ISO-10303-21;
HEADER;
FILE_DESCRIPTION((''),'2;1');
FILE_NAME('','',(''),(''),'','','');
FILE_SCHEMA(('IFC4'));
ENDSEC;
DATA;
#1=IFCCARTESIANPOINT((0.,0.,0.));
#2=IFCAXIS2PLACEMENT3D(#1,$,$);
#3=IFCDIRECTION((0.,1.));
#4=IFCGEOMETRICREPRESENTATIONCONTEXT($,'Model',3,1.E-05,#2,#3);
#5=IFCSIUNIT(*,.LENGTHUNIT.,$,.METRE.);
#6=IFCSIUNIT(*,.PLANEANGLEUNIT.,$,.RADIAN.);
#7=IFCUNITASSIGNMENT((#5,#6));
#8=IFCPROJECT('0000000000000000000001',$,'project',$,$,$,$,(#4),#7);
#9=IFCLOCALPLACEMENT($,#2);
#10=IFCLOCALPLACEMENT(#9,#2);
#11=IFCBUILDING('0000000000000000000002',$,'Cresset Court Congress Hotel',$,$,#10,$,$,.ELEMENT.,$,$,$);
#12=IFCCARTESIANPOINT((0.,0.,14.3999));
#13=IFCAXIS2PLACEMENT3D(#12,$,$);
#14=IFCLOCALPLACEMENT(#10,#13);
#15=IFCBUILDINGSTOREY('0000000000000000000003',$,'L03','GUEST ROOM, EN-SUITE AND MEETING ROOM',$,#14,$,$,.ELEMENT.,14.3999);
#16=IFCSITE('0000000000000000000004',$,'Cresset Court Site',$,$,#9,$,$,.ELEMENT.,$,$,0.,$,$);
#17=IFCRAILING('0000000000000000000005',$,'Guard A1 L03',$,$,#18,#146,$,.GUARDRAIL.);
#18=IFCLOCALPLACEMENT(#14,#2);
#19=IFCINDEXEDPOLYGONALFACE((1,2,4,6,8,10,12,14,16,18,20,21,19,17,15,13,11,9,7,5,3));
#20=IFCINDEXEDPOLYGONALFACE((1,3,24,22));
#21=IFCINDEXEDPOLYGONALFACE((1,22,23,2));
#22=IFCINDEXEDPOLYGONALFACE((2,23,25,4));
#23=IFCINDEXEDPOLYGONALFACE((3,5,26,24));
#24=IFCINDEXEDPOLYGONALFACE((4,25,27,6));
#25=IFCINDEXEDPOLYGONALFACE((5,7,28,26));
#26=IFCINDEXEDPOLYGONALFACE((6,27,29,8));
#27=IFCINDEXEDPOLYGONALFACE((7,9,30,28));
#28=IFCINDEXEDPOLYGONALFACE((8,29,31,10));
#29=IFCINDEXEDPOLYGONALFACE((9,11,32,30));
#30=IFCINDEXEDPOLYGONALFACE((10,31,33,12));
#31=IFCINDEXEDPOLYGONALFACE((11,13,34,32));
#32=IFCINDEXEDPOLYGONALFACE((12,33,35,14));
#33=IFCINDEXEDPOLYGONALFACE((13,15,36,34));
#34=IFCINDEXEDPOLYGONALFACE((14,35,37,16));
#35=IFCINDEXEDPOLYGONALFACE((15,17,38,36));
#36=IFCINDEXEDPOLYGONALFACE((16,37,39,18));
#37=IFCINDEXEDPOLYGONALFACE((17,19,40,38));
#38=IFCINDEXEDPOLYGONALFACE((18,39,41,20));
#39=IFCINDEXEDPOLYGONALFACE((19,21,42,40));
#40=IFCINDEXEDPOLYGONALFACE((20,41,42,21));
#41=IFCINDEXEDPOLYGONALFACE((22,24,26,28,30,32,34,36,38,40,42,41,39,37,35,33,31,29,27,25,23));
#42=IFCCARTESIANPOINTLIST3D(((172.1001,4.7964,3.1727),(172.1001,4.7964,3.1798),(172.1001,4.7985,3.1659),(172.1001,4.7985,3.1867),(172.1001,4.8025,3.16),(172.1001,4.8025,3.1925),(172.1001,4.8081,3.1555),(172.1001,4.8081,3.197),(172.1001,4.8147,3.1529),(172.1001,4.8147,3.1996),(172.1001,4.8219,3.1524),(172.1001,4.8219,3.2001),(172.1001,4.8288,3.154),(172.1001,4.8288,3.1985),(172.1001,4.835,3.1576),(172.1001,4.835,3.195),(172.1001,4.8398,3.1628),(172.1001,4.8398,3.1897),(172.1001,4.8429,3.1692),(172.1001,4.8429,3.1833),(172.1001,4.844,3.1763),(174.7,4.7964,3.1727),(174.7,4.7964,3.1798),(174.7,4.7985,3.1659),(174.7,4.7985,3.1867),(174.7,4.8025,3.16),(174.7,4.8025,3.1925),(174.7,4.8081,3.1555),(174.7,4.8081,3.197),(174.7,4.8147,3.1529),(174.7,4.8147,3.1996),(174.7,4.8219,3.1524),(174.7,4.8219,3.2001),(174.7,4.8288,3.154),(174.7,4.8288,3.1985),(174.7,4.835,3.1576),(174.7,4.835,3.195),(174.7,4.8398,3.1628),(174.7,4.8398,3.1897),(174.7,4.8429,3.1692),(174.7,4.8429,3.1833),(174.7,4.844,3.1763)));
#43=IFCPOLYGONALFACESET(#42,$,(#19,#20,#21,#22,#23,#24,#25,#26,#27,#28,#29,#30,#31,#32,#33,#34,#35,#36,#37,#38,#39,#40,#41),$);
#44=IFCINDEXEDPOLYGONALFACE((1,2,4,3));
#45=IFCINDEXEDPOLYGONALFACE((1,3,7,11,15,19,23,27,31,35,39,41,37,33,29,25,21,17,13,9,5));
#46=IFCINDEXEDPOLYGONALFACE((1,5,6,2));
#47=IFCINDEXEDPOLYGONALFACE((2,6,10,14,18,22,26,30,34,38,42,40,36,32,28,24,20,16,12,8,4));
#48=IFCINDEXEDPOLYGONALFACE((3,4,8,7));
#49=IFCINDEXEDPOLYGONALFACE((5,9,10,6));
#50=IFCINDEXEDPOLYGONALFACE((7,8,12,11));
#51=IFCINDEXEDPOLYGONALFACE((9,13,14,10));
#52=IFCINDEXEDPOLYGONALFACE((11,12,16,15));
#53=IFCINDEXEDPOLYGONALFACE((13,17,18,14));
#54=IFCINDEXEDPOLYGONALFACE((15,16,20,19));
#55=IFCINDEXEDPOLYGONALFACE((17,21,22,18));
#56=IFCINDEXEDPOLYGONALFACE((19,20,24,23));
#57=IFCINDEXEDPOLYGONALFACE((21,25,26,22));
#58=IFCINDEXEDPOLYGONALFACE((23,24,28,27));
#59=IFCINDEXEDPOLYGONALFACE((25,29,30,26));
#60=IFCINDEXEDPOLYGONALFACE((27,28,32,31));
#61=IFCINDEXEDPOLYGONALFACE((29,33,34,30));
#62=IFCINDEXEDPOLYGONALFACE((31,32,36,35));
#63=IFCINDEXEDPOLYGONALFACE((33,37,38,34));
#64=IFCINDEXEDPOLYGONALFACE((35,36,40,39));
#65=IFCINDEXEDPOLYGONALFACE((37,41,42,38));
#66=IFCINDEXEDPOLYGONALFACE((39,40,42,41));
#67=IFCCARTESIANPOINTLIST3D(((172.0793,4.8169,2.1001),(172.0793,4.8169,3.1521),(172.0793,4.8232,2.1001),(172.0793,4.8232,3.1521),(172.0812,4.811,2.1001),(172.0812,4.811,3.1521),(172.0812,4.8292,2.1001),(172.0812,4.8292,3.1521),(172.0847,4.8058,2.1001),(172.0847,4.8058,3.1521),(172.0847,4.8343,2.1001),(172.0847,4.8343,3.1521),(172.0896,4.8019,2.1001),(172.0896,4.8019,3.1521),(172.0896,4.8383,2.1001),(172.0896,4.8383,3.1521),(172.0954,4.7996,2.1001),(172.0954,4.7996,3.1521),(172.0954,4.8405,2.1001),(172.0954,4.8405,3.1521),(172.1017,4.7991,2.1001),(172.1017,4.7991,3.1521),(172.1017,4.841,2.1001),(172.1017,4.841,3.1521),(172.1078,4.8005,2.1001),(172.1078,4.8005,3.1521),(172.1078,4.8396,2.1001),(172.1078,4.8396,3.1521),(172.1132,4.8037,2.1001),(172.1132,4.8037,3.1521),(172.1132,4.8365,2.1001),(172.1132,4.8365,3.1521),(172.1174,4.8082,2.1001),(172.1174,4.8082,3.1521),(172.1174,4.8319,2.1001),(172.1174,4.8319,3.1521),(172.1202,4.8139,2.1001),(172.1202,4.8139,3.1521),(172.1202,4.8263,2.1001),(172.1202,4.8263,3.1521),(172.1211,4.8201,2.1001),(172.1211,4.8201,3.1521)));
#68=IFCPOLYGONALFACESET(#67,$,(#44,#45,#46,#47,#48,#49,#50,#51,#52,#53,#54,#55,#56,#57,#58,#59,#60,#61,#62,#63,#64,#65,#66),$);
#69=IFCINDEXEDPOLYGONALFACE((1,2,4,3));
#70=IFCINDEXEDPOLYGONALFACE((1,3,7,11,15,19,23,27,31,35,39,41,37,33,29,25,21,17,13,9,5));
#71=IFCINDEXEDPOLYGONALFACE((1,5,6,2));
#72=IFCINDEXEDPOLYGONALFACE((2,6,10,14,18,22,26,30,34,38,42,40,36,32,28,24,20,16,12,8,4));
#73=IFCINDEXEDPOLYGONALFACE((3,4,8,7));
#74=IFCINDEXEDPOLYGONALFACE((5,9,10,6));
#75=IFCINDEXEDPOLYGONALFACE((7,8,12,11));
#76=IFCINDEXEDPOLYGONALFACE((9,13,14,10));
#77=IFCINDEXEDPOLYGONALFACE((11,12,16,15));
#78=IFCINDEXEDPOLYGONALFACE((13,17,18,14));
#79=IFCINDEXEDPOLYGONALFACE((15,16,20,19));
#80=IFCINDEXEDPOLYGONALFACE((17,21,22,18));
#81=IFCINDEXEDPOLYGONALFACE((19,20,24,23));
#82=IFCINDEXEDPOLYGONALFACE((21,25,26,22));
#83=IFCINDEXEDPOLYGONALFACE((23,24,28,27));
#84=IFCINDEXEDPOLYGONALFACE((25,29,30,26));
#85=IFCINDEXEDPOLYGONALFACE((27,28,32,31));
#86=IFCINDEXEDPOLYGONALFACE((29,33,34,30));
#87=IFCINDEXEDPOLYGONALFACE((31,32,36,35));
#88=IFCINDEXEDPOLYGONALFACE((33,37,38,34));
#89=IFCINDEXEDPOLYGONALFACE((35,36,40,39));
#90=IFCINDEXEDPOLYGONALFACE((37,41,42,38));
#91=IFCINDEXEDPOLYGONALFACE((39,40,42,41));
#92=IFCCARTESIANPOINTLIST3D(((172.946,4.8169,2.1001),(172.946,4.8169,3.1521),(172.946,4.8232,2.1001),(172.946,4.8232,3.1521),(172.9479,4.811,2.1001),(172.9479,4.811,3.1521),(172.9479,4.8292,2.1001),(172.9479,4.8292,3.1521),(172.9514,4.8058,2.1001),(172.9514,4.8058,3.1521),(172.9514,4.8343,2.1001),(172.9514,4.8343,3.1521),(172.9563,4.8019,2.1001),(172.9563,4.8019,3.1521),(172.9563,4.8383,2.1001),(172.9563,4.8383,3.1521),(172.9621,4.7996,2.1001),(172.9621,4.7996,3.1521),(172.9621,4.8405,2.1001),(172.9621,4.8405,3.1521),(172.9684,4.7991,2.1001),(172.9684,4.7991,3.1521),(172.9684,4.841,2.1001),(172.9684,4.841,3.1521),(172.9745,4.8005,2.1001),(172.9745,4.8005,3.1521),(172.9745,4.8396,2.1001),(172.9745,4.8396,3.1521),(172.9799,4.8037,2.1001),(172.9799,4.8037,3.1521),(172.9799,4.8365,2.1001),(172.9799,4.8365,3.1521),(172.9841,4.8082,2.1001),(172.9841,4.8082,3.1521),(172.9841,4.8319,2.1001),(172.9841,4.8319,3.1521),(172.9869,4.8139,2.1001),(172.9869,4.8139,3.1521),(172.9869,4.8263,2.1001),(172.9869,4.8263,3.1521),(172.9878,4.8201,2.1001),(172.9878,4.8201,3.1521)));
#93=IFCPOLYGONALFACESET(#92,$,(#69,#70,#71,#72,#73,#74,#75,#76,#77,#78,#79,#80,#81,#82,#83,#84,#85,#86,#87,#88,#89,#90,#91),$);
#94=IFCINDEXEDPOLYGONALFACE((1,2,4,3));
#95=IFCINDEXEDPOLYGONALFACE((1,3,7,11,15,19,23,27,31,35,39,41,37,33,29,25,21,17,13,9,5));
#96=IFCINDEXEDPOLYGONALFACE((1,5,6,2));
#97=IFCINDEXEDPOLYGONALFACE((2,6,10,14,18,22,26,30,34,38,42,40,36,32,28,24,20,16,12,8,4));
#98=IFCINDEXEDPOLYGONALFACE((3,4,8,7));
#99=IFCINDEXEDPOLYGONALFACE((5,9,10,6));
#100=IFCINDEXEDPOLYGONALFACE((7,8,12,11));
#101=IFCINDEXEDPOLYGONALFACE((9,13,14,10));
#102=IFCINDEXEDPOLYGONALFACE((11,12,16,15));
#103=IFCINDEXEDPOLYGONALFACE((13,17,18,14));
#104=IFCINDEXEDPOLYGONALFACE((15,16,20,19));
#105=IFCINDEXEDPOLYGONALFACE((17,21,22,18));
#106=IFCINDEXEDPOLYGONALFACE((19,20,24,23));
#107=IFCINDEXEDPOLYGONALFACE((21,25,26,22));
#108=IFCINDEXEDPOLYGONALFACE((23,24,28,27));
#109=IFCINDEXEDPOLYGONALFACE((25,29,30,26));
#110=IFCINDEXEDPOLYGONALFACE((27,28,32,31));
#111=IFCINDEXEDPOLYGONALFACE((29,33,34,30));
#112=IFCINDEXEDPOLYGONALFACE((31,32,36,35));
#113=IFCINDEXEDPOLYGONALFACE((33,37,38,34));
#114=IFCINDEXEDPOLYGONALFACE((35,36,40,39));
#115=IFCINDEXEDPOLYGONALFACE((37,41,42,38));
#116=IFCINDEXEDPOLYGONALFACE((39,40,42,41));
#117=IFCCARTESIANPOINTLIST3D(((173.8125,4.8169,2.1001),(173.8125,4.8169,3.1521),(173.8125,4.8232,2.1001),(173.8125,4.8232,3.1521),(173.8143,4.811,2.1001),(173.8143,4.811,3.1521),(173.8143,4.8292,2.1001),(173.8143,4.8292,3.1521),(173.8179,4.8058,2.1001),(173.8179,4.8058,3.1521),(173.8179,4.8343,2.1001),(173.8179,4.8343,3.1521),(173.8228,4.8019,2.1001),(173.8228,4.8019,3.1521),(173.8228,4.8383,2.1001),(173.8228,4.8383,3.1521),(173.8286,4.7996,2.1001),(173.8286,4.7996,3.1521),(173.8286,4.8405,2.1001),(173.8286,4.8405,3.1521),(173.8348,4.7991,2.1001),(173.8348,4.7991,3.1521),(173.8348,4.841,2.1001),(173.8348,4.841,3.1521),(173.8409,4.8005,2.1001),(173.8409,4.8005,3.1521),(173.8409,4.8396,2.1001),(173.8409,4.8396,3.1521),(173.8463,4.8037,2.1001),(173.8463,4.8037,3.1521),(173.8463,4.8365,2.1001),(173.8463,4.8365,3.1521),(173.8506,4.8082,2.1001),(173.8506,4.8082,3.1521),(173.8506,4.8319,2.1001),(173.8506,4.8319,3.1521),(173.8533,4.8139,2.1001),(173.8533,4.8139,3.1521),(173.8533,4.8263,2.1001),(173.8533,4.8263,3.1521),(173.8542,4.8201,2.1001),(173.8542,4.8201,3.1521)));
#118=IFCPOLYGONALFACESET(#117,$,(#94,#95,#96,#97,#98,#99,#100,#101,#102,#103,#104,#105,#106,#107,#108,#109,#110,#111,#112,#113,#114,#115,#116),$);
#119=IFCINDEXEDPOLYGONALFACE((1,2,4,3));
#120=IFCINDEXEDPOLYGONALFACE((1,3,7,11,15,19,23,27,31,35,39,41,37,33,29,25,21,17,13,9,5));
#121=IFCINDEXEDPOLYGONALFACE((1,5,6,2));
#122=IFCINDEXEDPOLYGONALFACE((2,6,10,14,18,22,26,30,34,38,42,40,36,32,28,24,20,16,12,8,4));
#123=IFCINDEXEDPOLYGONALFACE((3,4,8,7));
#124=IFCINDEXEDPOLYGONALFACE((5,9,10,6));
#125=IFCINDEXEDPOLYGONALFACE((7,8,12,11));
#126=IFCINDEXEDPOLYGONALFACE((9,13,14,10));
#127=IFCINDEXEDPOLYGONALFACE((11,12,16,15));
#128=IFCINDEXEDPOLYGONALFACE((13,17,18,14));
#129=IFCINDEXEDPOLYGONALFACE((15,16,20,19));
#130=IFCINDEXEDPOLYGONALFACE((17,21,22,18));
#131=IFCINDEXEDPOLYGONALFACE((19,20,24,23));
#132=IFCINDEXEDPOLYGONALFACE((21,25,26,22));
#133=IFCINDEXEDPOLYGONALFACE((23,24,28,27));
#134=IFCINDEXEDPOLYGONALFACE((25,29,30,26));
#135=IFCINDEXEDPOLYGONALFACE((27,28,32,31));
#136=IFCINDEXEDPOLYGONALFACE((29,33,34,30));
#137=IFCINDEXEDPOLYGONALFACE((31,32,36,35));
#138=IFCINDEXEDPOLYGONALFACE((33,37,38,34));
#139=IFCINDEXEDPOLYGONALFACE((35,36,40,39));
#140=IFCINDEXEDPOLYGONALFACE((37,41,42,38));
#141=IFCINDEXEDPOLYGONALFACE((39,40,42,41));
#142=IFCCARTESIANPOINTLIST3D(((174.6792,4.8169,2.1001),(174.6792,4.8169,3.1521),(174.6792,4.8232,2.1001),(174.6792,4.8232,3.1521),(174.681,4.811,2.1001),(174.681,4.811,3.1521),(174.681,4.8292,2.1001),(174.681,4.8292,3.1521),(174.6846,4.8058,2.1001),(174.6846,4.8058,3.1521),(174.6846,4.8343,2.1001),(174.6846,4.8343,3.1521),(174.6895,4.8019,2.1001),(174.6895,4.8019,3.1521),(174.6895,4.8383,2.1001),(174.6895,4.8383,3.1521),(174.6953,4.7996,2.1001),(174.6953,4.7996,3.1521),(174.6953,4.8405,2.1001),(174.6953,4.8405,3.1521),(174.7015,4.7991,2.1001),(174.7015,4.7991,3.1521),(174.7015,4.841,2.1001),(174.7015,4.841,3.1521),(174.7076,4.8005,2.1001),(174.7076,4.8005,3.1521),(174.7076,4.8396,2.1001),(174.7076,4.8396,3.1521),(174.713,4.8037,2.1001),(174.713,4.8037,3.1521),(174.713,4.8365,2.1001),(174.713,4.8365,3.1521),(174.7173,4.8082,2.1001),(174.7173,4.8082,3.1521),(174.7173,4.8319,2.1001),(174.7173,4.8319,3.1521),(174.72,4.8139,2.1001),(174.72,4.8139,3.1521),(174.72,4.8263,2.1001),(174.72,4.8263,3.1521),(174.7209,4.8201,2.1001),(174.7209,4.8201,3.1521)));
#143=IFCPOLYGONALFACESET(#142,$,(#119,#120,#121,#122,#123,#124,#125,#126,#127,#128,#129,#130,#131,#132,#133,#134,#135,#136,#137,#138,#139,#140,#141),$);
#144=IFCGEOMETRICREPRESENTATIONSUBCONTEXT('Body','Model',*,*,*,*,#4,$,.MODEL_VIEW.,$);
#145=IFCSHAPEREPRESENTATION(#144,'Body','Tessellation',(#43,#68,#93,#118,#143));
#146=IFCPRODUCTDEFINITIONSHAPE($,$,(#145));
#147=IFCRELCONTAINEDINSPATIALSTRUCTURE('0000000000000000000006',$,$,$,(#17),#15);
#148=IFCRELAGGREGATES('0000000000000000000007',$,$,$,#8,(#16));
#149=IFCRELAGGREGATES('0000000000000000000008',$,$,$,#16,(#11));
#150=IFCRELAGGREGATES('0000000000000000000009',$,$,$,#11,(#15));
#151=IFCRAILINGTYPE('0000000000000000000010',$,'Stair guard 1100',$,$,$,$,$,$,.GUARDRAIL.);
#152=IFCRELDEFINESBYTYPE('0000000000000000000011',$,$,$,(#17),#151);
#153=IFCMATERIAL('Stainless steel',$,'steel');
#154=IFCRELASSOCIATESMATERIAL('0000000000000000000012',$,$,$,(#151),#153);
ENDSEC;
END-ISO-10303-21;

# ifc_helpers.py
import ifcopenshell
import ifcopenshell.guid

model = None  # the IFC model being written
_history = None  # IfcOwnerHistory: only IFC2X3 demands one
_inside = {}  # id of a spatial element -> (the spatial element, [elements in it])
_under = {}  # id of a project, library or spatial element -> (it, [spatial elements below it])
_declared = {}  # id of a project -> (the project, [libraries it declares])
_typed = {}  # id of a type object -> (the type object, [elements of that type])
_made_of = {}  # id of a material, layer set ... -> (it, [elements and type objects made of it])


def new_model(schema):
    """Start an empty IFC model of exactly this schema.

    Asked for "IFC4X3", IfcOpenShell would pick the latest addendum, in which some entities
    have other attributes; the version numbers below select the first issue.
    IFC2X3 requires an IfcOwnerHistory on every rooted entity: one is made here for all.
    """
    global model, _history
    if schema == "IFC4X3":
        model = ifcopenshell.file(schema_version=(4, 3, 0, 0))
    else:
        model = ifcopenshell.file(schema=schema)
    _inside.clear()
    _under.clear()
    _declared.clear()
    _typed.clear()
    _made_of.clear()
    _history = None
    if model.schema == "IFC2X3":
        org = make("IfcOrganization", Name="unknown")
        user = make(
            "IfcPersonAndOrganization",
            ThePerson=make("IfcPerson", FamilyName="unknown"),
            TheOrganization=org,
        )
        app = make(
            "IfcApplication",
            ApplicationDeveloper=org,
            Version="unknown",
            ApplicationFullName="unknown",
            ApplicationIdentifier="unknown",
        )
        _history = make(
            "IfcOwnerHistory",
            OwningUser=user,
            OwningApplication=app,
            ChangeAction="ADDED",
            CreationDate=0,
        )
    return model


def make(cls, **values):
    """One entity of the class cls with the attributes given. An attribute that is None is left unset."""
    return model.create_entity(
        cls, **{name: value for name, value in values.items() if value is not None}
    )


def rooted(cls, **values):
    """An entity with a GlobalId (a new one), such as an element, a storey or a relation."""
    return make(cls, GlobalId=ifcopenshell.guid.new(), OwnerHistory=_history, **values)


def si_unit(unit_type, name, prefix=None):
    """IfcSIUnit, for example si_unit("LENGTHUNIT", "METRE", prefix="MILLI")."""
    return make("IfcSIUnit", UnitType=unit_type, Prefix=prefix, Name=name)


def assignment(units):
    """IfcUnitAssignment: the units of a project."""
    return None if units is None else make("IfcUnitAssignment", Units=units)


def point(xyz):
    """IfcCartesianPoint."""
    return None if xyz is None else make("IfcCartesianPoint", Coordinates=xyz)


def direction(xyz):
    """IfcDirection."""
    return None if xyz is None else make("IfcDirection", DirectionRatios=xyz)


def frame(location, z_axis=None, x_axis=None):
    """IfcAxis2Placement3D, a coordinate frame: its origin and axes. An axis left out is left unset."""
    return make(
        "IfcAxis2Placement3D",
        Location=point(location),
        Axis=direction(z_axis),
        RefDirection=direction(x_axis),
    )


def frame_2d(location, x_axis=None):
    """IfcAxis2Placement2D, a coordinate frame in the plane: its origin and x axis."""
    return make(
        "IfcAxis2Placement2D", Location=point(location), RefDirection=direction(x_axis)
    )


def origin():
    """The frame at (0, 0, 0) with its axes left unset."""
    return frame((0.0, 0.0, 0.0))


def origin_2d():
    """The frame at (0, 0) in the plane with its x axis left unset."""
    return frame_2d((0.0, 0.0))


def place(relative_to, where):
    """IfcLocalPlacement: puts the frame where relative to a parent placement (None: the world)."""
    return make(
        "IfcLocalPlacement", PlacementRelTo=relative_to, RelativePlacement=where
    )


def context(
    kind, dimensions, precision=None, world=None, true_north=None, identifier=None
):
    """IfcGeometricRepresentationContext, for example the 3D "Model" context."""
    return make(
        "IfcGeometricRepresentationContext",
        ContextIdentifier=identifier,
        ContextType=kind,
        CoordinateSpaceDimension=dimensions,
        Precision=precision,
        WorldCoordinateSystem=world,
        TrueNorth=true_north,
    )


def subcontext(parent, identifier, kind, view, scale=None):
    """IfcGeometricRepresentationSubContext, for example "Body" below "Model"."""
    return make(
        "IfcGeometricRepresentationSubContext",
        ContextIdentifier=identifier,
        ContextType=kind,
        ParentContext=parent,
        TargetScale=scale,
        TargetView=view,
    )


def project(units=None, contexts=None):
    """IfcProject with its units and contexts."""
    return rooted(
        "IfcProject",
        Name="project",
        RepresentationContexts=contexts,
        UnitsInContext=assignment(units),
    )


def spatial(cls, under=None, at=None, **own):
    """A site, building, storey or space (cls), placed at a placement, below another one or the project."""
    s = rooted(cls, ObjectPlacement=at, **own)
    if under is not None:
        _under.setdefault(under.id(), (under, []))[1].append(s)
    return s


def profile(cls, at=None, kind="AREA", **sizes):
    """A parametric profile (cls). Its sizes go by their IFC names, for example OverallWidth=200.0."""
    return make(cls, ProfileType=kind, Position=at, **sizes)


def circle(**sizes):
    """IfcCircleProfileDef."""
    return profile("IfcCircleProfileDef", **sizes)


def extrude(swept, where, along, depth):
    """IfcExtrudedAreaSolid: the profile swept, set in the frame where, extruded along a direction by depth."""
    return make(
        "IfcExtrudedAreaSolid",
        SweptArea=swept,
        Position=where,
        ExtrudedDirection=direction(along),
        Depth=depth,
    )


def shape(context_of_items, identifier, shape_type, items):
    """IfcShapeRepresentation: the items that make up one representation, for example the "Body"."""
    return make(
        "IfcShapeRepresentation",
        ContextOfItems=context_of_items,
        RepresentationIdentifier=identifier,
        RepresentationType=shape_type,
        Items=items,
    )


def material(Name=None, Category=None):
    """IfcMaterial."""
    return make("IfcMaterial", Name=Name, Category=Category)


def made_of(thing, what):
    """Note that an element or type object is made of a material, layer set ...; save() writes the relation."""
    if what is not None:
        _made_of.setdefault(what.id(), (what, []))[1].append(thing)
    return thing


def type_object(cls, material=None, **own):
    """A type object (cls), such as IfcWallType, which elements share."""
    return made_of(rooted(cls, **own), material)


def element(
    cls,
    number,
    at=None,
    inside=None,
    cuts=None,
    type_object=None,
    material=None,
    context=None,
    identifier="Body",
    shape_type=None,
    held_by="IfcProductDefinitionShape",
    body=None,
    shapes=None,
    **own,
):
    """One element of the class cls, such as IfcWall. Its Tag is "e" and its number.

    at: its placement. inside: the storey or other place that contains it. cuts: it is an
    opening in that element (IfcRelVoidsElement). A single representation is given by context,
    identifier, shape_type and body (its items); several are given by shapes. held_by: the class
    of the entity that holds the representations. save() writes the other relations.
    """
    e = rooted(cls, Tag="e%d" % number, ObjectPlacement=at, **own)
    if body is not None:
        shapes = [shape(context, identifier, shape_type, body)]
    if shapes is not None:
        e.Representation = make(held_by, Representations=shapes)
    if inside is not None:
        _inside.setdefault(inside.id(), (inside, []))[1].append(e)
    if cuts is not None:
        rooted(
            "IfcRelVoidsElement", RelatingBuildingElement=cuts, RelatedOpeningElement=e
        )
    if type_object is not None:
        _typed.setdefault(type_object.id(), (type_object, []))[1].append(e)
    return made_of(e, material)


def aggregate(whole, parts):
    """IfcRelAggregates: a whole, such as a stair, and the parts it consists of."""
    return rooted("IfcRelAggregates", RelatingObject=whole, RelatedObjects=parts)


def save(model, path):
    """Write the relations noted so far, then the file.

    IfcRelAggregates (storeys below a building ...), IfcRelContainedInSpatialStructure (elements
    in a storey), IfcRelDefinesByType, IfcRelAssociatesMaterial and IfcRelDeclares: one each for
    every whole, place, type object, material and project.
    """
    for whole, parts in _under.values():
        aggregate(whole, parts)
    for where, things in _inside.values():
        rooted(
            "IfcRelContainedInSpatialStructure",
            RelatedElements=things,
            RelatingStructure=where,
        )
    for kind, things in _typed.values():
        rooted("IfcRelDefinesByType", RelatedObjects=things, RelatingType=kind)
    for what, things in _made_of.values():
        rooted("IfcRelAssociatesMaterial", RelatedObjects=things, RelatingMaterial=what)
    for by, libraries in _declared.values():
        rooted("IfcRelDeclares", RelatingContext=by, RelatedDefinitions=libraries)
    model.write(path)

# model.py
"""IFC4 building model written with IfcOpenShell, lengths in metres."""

from ifc_helpers import new_model, si_unit, direction, frame, origin, origin_2d, place, context, subcontext, project, spatial, circle, extrude, material, type_object, element, save


model = new_model("IFC4")

# Units and contexts
model_context = context("Model", 3, precision=1e-05, world=origin(), true_north=direction((0.0, 1.0)))
body_context = subcontext(model_context, "Body", "Model", "MODEL_VIEW")
ifc_project = project(units=[si_unit("LENGTHUNIT", "METRE"), si_unit("PLANEANGLEUNIT", "RADIAN")], contexts=[model_context])

# Site, building, storey
site_placement = place(None, origin())
site = spatial("IfcSite", under=ifc_project, at=site_placement, Name="Cresset Court Site", CompositionType="ELEMENT", RefElevation=0.0)
building_placement = place(site_placement, origin())
building = spatial("IfcBuilding", under=site, at=building_placement, Name="Cresset Court Congress Hotel", CompositionType="ELEMENT")
storey_placement = place(building_placement, frame((0.0, 0.0, 14.3999)))
storey = spatial("IfcBuildingStorey", under=building, at=storey_placement, Name="L03", Description="GUEST ROOM, EN-SUITE AND MEETING ROOM", CompositionType="ELEMENT", Elevation=14.3999)

# Railing
ifc_material_1 = material(Name="Stainless steel", Category="steel")
railing_type_1 = type_object("IfcRailingType", Name="Stair guard 1100", PredefinedType="GUARDRAIL", material=ifc_material_1)
for number, where, name in (
    (1, (172.1001, 4.8201, 2.1001), "Guard A1 L03"),
):
    element("IfcRailing", number, at=place(storey_placement, frame(where)), inside=storey, type_object=railing_type_1, Name=name, PredefinedType="GUARDRAIL", context=body_context, shape_type="SweptSolid", body=[
        extrude(circle(Radius=0.0239, at=origin_2d()), frame((0.0, 0.0, 1.0762), z_axis=(1.0, 0.0, 0.0), x_axis=(0.0, 1.0, 0.0)), (0.0, 0.0, 1.0), 2.5999),
        extrude(circle(Radius=0.021, at=origin_2d()), origin(), (0.0, 0.0, 1.0), 1.052),
        extrude(circle(Radius=0.021, at=origin_2d()), frame((0.8667, 0.0, 0.0)), (0.0, 0.0, 1.0), 1.052),
        extrude(circle(Radius=0.021, at=origin_2d()), frame((1.7332, 0.0, 0.0)), (0.0, 0.0, 1.0), 1.052),
        extrude(circle(Radius=0.021, at=origin_2d()), frame((2.5999, 0.0, 0.0)), (0.0, 0.0, 1.0), 1.052),
    ])

save(model, "model.ifc")
